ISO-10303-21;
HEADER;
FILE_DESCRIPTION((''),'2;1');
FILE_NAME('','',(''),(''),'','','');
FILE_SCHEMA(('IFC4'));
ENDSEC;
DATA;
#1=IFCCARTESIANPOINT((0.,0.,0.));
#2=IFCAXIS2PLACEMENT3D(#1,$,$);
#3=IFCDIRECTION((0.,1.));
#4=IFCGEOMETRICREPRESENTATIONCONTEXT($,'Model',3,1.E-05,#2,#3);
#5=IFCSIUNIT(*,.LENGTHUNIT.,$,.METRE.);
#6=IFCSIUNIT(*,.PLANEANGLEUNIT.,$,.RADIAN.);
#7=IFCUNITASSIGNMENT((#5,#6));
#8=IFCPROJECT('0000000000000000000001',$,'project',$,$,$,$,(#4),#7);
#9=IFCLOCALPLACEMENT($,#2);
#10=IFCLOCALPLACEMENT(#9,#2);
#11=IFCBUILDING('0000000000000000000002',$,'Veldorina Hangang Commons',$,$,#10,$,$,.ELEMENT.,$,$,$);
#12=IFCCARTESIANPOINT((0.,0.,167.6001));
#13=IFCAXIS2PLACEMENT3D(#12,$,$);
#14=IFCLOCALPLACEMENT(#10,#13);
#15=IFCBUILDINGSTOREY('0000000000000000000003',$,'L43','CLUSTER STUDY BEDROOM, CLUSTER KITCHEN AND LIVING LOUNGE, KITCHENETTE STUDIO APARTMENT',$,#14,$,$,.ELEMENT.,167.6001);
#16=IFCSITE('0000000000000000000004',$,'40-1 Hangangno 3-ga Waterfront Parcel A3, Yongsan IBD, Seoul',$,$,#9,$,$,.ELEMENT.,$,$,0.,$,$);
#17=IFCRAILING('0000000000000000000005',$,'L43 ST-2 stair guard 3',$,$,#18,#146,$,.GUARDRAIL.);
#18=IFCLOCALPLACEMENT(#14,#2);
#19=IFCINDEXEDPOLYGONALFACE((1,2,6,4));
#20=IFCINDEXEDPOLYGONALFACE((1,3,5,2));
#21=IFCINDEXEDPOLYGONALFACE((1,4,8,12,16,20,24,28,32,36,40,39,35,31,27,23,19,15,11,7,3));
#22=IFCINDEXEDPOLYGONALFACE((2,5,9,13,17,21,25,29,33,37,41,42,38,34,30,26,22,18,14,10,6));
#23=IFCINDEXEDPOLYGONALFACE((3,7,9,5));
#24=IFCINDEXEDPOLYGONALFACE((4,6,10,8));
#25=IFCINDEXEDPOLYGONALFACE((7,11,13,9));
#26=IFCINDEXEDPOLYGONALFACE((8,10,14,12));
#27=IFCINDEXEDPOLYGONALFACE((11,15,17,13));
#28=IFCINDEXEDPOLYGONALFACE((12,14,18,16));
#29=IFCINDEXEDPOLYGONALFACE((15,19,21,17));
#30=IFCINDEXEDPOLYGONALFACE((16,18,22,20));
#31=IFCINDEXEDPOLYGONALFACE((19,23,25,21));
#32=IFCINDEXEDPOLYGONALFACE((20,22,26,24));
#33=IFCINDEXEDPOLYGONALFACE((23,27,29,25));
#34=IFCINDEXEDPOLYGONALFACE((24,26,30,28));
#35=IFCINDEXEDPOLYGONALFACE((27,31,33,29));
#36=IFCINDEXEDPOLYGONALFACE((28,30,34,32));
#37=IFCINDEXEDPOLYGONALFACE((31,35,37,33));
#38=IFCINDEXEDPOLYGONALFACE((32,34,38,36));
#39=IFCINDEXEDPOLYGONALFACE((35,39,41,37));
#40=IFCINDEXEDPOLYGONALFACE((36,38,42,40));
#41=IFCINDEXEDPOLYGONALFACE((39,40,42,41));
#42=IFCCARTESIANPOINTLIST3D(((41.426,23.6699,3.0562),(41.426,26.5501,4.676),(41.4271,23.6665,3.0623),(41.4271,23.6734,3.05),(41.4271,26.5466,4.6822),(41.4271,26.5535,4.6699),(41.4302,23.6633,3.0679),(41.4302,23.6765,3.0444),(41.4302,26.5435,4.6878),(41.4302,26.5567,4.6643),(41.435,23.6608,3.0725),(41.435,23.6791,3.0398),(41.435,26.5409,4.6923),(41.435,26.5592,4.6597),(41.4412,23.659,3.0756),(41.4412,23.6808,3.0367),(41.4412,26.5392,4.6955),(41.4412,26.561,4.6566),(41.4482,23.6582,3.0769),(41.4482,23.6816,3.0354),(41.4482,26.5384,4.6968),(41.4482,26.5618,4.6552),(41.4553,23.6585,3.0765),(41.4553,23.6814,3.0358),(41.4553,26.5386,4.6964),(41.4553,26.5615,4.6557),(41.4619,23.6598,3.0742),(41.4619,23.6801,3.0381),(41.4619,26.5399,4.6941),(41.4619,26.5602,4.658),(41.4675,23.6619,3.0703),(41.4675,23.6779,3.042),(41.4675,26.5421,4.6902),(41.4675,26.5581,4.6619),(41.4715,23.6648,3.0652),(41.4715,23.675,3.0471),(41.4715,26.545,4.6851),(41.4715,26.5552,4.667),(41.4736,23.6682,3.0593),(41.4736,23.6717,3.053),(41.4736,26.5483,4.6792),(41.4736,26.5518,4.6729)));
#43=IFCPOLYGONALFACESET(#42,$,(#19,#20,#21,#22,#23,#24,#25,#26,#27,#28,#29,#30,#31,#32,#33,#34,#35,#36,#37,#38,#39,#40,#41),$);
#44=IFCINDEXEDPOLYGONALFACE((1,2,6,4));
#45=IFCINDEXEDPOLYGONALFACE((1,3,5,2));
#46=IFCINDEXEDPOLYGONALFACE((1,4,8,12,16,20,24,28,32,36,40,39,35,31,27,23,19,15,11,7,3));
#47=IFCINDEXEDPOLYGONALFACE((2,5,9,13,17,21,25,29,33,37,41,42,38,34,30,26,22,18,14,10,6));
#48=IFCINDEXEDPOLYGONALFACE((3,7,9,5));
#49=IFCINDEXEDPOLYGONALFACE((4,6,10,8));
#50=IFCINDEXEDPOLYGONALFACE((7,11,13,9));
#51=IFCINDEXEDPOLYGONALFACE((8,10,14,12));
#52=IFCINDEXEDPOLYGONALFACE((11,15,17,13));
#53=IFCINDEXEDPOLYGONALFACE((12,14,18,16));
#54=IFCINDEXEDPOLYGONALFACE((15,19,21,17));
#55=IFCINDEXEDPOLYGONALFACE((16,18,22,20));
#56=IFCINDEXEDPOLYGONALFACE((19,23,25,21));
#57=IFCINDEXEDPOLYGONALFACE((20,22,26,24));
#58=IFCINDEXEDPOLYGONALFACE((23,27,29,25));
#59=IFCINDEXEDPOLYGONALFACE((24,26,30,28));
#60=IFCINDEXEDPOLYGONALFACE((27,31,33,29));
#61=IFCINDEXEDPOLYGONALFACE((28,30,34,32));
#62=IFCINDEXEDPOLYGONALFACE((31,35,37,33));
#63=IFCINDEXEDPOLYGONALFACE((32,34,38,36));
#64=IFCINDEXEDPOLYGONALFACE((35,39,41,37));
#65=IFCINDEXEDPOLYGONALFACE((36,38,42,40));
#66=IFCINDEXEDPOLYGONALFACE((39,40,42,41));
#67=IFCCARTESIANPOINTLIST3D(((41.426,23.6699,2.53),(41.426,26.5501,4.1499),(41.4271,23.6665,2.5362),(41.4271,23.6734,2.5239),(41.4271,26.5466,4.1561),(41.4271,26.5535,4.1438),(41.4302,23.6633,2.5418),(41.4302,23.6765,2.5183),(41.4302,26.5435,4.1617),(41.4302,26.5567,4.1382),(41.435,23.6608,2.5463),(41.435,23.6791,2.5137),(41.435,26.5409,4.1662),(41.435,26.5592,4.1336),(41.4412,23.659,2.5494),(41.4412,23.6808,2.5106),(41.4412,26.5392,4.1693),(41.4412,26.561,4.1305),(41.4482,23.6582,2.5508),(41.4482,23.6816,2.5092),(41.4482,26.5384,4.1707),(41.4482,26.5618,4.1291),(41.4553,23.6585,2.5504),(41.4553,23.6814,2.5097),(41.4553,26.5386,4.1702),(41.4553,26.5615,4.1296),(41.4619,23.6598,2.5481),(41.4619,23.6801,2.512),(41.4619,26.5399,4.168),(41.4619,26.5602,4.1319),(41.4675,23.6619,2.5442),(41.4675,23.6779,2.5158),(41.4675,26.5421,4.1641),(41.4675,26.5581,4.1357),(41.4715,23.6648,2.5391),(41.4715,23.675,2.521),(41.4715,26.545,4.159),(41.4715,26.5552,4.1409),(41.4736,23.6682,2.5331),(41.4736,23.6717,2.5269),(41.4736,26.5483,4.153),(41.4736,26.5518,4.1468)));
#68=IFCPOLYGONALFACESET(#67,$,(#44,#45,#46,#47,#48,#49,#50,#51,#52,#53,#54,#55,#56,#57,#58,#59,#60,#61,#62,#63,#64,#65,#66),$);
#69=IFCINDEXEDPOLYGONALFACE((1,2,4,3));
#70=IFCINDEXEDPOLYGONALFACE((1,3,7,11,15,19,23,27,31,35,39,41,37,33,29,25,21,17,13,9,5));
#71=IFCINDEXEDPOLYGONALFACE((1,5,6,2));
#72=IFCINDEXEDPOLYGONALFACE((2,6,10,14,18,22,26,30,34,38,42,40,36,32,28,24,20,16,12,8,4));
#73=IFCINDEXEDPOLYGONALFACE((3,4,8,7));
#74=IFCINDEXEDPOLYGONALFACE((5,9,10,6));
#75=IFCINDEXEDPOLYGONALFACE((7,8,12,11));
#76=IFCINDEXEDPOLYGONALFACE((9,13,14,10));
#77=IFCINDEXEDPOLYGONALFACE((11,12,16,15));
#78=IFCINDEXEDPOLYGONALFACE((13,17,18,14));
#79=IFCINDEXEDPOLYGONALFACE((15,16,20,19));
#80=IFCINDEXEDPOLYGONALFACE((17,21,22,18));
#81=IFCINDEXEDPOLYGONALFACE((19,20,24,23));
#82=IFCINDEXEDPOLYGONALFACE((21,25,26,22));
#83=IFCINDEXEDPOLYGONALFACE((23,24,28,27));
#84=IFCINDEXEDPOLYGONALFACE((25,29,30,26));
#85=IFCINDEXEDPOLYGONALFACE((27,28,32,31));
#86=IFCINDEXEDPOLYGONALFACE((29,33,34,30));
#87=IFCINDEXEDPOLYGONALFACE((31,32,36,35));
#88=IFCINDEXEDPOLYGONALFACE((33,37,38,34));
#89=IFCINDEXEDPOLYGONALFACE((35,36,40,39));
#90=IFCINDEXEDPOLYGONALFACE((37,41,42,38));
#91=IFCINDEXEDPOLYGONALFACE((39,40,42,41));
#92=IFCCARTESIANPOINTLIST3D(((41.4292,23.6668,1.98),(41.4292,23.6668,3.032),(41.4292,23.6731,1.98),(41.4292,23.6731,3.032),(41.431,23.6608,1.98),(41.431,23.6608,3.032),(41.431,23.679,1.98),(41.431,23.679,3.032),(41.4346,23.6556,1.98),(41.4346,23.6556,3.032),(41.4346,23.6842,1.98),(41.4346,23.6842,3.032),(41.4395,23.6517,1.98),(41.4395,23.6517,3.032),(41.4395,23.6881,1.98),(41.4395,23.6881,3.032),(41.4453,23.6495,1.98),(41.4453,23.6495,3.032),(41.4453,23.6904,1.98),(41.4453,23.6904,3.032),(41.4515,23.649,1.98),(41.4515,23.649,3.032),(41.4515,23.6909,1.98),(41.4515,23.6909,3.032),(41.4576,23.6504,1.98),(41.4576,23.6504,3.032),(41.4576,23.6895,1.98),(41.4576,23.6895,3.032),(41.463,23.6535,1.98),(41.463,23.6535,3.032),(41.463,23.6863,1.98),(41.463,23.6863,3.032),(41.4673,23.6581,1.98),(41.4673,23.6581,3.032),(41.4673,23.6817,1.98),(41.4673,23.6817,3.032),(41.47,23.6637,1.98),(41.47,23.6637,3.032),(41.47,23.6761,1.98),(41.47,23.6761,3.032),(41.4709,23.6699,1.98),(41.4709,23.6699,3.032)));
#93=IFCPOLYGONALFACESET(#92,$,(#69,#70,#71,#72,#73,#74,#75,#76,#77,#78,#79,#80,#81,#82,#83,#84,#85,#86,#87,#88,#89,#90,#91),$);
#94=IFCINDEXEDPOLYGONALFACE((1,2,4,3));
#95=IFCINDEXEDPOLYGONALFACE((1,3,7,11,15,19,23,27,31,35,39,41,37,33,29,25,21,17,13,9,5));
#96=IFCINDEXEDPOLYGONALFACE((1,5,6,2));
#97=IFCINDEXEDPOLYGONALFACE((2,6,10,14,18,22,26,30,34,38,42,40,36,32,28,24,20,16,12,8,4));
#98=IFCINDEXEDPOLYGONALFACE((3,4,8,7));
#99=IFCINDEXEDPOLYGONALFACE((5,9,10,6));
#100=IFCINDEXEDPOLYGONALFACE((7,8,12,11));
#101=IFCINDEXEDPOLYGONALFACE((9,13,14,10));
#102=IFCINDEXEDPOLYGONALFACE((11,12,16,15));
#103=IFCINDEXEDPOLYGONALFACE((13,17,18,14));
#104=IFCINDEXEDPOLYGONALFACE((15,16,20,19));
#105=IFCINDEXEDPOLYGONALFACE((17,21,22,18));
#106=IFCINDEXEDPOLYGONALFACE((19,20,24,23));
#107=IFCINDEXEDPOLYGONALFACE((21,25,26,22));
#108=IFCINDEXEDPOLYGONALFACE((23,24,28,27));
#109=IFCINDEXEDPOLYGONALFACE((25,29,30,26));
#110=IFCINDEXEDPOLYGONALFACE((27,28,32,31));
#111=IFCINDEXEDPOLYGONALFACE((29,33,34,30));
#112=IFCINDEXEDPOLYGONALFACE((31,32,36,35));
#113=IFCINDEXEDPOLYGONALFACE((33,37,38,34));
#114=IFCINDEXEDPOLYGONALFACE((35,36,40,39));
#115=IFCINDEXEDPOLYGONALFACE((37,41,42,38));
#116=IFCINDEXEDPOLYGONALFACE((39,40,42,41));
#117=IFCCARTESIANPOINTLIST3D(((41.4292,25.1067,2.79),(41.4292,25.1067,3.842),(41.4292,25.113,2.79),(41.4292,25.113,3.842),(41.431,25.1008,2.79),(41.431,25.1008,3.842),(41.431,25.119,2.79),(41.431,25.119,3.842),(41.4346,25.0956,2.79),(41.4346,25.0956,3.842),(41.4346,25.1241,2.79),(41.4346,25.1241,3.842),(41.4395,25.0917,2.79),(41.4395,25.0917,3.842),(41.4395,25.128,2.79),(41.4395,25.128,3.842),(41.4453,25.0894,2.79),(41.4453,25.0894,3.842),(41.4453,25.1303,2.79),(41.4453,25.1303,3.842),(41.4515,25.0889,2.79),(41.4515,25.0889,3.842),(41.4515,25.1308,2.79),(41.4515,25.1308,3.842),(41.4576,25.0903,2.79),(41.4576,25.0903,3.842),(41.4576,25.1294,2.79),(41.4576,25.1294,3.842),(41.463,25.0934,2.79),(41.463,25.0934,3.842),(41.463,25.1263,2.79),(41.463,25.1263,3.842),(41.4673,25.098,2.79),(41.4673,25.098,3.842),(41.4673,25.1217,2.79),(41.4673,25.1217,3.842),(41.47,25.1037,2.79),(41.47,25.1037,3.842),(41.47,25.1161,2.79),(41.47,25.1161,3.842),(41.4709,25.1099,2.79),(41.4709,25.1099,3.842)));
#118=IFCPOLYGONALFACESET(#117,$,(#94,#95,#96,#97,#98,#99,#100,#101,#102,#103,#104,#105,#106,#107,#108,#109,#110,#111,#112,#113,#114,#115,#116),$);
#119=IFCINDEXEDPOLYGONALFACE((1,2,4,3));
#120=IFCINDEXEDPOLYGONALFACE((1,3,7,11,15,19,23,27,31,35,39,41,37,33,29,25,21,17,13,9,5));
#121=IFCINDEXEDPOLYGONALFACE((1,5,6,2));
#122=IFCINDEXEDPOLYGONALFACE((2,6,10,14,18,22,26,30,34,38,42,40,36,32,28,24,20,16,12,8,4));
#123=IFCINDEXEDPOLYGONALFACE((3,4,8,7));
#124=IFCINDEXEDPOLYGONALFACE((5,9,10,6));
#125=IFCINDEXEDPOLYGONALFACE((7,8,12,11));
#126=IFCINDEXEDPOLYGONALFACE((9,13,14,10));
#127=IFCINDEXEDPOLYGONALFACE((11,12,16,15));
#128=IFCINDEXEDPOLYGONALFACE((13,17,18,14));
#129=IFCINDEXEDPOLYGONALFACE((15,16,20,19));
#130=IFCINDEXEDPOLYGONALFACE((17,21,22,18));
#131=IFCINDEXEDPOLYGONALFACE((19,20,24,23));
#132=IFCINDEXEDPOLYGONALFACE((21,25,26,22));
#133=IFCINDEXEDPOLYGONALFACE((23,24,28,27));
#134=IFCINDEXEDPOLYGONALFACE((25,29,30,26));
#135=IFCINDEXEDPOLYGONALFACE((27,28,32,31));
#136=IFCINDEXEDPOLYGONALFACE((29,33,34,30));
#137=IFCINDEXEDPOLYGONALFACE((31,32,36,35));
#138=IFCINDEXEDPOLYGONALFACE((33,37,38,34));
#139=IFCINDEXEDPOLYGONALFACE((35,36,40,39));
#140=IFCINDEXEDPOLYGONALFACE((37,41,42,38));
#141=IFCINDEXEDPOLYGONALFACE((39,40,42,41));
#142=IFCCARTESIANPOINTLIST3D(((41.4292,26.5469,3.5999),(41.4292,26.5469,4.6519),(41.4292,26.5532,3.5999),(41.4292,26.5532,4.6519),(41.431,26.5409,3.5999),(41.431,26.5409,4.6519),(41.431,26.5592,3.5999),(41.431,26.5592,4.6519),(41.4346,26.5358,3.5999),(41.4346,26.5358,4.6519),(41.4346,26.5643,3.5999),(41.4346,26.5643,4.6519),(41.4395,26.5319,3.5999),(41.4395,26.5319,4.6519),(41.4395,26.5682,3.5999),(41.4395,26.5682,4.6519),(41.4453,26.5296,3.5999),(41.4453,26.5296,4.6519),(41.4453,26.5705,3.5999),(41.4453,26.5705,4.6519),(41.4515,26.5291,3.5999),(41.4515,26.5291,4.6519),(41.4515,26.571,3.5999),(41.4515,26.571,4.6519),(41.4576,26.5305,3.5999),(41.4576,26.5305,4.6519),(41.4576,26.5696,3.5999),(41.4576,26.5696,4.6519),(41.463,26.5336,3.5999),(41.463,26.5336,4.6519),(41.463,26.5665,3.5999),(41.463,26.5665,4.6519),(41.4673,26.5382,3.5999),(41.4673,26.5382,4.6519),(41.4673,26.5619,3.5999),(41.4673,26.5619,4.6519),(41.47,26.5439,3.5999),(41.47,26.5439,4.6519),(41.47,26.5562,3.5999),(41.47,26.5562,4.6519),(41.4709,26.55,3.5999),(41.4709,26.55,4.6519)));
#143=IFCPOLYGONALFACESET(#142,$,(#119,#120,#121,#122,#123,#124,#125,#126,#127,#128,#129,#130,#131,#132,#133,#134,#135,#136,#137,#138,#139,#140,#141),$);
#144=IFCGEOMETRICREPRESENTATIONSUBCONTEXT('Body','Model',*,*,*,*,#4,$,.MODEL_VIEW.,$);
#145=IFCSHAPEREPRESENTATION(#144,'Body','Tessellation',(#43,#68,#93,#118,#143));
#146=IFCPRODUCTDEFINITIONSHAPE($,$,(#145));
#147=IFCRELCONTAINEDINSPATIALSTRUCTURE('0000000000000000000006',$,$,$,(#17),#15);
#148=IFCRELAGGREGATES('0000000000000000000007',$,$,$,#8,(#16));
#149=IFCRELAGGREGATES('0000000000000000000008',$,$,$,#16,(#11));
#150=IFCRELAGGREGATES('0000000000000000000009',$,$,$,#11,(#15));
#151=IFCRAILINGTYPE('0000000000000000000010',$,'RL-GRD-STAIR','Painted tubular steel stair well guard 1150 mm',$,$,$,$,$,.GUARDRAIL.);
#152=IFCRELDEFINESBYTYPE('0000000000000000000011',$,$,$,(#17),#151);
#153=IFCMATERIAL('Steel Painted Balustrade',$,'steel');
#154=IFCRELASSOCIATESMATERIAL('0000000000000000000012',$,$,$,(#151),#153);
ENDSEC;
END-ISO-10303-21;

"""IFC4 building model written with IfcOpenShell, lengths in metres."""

from ifc_helpers import new_model, si_unit, direction, frame, origin, origin_2d, place, context, subcontext, project, spatial, circle, extrude, material, type_object, element, save


model = new_model("IFC4")

# Units and contexts
model_context = context("Model", 3, precision=1e-05, world=origin(), true_north=direction((0.0, 1.0)))
body_context = subcontext(model_context, "Body", "Model", "MODEL_VIEW")
ifc_project = project(units=[si_unit("LENGTHUNIT", "METRE"), si_unit("PLANEANGLEUNIT", "RADIAN")], contexts=[model_context])

# Site, building, storey
site_placement = place(None, origin())
site = spatial("IfcSite", under=ifc_project, at=site_placement, Name="40-1 Hangangno 3-ga Waterfront Parcel A3, Yongsan IBD, Seoul", CompositionType="ELEMENT", RefElevation=0.0)
building_placement = place(site_placement, origin())
building = spatial("IfcBuilding", under=site, at=building_placement, Name="Veldorina Hangang Commons", CompositionType="ELEMENT")
storey_placement = place(building_placement, frame((0.0, 0.0, 167.6001)))
storey = spatial("IfcBuildingStorey", under=building, at=storey_placement, Name="L43", Description="CLUSTER STUDY BEDROOM, CLUSTER KITCHEN AND LIVING LOUNGE, KITCHENETTE STUDIO APARTMENT", CompositionType="ELEMENT", Elevation=167.6001)

# Railing
ifc_material_1 = material(Name="Steel Painted Balustrade", Category="steel")
railing_type_1 = type_object("IfcRailingType", Name="RL-GRD-STAIR", Description="Painted tubular steel stair well guard 1150 mm", PredefinedType="GUARDRAIL", material=ifc_material_1)
railing_1_placement = place(storey_placement, frame((41.45, 23.6699, 1.98)))
element("IfcRailing", 1, at=railing_1_placement, inside=storey, type_object=railing_type_1, Name="L43 ST-2 stair guard 3", PredefinedType="GUARDRAIL", context=body_context, shape_type="SweptSolid", body=[
    extrude(circle(Radius=0.0239, at=origin_2d()), frame((0.0, 0.0, 1.0762), z_axis=(0.0, 0.871601, 0.490216), x_axis=(-1.0, 0.0, 0.0)), (0.0, 0.0, 1.0), 3.3044),
    extrude(circle(Radius=0.0239, at=origin_2d()), frame((0.0, 0.0, 0.55), z_axis=(0.0, 0.871601, 0.490216), x_axis=(-1.0, 0.0, 0.0)), (0.0, 0.0, 1.0), 3.3044),
    extrude(circle(Radius=0.021, at=origin_2d()), origin(), (0.0, 0.0, 1.0), 1.052),
    extrude(circle(Radius=0.021, at=origin_2d()), frame((0.0, 1.4399, 0.8101)), (0.0, 0.0, 1.0), 1.052),
    extrude(circle(Radius=0.021, at=origin_2d()), frame((0.0, 2.8801, 1.6199)), (0.0, 0.0, 1.0), 1.052),
])

save(model, "model.ifc")
